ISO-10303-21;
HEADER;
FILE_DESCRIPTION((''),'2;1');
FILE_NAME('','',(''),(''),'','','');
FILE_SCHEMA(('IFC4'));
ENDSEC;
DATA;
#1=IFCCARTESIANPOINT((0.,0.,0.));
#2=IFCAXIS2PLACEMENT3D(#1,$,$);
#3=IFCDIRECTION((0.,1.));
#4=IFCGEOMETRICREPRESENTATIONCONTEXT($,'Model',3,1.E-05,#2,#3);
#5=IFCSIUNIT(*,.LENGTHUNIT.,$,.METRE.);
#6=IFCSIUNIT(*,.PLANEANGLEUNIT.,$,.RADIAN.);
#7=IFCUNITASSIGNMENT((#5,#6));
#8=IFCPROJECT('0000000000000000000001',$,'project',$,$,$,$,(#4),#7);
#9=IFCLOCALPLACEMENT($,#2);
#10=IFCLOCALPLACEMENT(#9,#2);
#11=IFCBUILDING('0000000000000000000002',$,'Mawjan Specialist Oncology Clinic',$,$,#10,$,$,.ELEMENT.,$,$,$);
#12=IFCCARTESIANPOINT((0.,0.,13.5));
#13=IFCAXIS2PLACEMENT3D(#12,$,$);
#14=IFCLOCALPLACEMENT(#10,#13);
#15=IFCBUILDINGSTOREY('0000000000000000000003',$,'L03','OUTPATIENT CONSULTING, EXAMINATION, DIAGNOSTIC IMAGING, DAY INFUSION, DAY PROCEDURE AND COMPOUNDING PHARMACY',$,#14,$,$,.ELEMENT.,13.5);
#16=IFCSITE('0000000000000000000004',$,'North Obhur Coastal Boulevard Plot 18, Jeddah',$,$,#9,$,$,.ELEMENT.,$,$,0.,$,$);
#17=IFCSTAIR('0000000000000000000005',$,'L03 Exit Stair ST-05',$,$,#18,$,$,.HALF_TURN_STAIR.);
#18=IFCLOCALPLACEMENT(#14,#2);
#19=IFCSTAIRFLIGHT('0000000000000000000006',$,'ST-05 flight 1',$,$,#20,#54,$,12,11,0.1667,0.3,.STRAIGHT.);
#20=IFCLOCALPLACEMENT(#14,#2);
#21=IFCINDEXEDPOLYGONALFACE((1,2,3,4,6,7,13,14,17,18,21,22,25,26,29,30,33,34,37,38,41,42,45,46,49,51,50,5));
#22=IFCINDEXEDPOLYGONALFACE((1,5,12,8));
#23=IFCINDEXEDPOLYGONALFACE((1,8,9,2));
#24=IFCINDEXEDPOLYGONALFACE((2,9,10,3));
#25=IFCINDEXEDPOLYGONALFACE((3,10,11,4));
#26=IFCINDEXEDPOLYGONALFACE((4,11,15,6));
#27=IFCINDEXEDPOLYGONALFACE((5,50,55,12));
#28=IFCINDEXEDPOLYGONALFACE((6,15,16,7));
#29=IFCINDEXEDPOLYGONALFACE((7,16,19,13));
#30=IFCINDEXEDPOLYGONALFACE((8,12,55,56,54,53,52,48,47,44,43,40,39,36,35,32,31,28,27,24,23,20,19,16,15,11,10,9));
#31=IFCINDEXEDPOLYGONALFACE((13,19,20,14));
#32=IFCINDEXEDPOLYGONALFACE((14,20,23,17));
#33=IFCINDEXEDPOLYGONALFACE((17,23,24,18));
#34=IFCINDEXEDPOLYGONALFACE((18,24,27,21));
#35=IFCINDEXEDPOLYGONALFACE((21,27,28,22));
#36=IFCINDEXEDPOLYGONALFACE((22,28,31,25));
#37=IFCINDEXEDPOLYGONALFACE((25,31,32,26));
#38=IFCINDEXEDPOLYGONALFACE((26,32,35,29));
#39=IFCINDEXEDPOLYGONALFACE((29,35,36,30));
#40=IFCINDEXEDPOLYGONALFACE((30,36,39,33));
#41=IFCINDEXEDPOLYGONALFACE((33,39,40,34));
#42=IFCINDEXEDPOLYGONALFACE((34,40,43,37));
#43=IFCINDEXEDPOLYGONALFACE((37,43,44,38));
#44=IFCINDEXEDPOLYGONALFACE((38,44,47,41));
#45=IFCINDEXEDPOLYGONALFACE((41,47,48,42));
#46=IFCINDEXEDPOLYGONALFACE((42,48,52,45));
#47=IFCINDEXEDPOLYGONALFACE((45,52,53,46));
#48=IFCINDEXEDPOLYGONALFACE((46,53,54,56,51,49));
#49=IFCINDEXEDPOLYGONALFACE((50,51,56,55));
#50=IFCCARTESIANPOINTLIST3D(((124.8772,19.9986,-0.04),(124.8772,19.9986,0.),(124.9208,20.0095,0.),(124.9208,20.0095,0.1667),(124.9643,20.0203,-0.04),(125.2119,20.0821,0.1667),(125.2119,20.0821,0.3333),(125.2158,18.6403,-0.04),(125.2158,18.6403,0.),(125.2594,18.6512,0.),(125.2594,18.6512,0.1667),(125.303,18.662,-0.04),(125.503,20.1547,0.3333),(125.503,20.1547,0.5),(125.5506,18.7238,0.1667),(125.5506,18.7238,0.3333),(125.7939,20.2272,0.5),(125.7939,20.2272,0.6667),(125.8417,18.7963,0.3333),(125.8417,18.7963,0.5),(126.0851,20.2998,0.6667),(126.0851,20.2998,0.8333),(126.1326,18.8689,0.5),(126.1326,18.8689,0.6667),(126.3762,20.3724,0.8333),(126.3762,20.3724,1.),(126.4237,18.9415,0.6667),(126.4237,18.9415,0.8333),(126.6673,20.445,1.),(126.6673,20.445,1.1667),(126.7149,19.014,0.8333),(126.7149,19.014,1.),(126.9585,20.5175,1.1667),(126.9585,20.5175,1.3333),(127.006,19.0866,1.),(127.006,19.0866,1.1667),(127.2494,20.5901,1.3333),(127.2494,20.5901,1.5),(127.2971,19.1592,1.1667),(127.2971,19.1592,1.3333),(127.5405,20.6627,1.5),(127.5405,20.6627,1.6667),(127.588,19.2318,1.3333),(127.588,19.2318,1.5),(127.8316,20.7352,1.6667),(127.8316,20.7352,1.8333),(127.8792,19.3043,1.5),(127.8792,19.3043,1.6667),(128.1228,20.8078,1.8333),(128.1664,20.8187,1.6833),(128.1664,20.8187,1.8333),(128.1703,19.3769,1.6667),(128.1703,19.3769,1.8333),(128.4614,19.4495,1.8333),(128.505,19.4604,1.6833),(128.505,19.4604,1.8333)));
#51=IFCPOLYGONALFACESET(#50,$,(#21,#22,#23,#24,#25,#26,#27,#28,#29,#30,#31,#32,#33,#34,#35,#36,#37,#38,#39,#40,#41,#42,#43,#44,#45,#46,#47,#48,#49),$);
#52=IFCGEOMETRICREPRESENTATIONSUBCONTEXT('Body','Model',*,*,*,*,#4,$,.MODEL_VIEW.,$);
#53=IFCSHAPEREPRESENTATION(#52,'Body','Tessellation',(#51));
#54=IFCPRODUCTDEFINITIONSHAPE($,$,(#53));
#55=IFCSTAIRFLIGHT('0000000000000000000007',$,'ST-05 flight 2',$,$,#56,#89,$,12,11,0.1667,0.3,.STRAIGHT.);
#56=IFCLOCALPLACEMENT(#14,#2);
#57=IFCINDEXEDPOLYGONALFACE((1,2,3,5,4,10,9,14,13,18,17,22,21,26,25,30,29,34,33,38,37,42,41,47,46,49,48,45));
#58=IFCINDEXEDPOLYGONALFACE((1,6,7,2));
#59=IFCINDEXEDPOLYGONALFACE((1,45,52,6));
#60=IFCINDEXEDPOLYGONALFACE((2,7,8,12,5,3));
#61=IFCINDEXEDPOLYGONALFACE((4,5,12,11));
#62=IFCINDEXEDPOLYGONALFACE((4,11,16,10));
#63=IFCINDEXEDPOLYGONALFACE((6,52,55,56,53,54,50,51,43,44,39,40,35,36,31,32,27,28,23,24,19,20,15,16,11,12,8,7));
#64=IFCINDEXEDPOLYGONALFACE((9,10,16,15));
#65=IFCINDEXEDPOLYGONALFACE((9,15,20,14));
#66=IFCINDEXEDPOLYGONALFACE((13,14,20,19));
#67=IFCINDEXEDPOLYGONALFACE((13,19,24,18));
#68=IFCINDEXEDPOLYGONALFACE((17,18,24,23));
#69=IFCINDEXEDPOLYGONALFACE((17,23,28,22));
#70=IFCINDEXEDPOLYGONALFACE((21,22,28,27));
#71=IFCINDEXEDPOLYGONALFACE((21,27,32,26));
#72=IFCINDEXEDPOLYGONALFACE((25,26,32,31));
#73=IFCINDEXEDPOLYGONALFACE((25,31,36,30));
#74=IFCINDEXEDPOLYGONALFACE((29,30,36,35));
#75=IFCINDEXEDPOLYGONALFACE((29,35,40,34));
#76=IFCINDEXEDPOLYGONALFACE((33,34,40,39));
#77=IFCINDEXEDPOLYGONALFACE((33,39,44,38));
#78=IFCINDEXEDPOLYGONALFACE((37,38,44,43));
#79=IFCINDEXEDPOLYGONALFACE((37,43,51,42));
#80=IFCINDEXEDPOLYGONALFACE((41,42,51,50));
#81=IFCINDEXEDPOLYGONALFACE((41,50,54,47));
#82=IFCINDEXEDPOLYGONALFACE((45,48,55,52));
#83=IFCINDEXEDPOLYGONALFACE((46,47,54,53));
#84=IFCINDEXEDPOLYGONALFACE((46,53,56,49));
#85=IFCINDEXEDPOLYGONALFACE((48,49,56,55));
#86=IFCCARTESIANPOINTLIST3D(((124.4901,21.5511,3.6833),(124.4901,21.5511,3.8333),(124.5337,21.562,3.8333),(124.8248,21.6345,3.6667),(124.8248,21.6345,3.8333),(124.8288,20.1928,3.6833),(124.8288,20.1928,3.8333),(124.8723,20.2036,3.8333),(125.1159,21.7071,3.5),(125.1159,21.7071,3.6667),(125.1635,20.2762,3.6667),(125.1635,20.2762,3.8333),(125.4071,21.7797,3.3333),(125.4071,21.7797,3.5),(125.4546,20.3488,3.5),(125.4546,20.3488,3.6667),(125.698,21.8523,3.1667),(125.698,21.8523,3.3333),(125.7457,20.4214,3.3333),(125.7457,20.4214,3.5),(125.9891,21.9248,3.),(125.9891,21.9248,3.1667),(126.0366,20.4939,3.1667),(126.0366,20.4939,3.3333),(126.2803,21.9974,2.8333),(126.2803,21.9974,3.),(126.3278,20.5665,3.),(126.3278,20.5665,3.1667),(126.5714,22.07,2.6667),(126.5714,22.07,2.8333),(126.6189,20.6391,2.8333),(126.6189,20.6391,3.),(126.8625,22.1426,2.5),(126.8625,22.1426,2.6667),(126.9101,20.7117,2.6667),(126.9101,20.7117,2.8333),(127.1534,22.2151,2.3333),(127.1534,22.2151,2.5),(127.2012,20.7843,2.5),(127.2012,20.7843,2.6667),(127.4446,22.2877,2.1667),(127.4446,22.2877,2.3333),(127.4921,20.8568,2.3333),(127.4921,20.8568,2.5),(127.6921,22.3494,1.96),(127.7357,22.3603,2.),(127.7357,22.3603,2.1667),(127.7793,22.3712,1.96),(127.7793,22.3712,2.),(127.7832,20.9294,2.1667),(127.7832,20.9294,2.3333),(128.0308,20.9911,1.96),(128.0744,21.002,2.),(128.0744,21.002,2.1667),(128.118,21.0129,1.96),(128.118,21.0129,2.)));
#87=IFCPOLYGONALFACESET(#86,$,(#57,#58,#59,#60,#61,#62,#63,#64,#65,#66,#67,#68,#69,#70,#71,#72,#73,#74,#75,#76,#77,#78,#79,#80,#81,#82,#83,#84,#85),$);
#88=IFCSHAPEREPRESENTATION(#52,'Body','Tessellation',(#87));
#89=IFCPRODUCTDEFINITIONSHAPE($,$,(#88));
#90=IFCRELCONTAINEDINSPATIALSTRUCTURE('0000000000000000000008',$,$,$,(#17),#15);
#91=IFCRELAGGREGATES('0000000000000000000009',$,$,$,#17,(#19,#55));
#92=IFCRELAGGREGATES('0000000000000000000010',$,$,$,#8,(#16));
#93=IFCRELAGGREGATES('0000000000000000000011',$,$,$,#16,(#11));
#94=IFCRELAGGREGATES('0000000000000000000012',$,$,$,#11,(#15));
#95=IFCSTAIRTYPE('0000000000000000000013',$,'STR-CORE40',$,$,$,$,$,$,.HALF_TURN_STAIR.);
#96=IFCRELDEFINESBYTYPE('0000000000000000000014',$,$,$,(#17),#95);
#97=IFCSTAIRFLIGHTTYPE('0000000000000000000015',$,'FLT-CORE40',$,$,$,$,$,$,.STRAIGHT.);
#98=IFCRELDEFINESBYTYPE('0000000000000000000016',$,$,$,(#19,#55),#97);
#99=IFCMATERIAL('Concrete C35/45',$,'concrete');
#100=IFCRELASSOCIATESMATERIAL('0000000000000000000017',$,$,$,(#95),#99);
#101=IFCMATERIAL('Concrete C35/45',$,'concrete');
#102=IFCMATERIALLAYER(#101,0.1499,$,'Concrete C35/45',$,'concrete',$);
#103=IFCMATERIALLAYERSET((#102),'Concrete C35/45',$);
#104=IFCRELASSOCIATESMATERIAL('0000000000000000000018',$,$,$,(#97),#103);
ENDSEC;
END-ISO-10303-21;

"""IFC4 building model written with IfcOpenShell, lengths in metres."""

from ifc_helpers import new_model, si_unit, direction, frame, origin, place, context, subcontext, project, spatial, polyline, outline, extrude, material, layer, layer_set, type_object, element, aggregate, save


model = new_model("IFC4")

# Units and contexts
model_context = context("Model", 3, precision=1e-05, world=origin(), true_north=direction((0.0, 1.0)))
body_context = subcontext(model_context, "Body", "Model", "MODEL_VIEW")
ifc_project = project(units=[si_unit("LENGTHUNIT", "METRE"), si_unit("PLANEANGLEUNIT", "RADIAN")], contexts=[model_context])

# Site, building, storey
site_placement = place(None, origin())
site = spatial("IfcSite", under=ifc_project, at=site_placement, Name="North Obhur Coastal Boulevard Plot 18, Jeddah", CompositionType="ELEMENT", RefElevation=0.0)
building_placement = place(site_placement, origin())
building = spatial("IfcBuilding", under=site, at=building_placement, Name="Mawjan Specialist Oncology Clinic", CompositionType="ELEMENT")
storey_placement = place(building_placement, frame((0.0, 0.0, 13.5)))
storey = spatial("IfcBuildingStorey", under=building, at=storey_placement, Name="L03", Description="OUTPATIENT CONSULTING, EXAMINATION, DIAGNOSTIC IMAGING, DAY INFUSION, DAY PROCEDURE AND COMPOUNDING PHARMACY", CompositionType="ELEMENT", Elevation=13.5)

# Stair, stair flights
ifc_material_1 = material(Name="Concrete C35/45", Category="concrete")
stair_type = type_object("IfcStairType", Name="STR-CORE40", PredefinedType="HALF_TURN_STAIR", material=ifc_material_1)
stair_placement = place(storey_placement, origin())
stair = element("IfcStair", 1, at=stair_placement, inside=storey, type_object=stair_type, Name="L03 Exit Stair ST-05", PredefinedType="HALF_TURN_STAIR")
ifc_material_2 = material(Name="Concrete C35/45", Category="concrete")
ifc_layer_1 = layer(ifc_material_2, 0.1499, Name="Concrete C35/45", Category="concrete")
ifc_layer_set_1 = layer_set([ifc_layer_1], Name="Concrete C35/45")
stair_flight_type = type_object("IfcStairFlightType", Name="FLT-CORE40", PredefinedType="STRAIGHT", material=ifc_layer_set_1)
stair_flight_1_placement = place(storey_placement, frame((125.0901, 19.3303, 0.0), z_axis=(0.0, 0.0, 1.0), x_axis=(0.970296, 0.241922, 0.0)))
stair_flight_1 = element("IfcStairFlight", 2, at=stair_flight_1_placement, type_object=stair_flight_type, Name="ST-05 flight 1", NumberOfRisers=12, NumberOfTreads=11, PredefinedType="STRAIGHT", RiserHeight=0.1667, TreadLength=0.3, context=body_context, shape_type="SweptSolid", body=[
    extrude(outline(polyline([(-0.0449, -0.04), (-0.0449, 0.0), (0.0, 0.0), (0.0, 0.1667), (0.3, 0.1667), (0.3, 0.3333), (0.6001, 0.3333), (0.6001, 0.5), (0.8999, 0.5), (0.8999, 0.6667), (1.2, 0.6667), (1.2, 0.8333), (1.5, 0.8333), (1.5, 1.0), (1.8, 1.0), (1.8, 1.1667), (2.1001, 1.1667), (2.1001, 1.3333), (2.3999, 1.3333), (2.3999, 1.5), (2.7, 1.5), (2.7, 1.6667), (3.0, 1.6667), (3.0, 1.8333), (3.3, 1.8333), (3.345, 1.8333), (3.345, 1.6833), (0.0449, -0.04), (-0.0449, -0.04)])), frame((0.0, 0.7, 0.0), z_axis=(0.0, -1.0, 0.0), x_axis=(1.0, 0.0, 0.0)), (0.0, 0.0, 1.0), 1.3999),
])
stair_flight_2_placement = place(storey_placement, frame((127.905, 21.6812, 2.0), z_axis=(0.0, 0.0, 1.0), x_axis=(-0.970296, -0.241922, 0.0)))
stair_flight_2 = element("IfcStairFlight", 3, at=stair_flight_2_placement, type_object=stair_flight_type, Name="ST-05 flight 2", NumberOfRisers=12, NumberOfTreads=11, PredefinedType="STRAIGHT", RiserHeight=0.1667, TreadLength=0.3, context=body_context, shape_type="SweptSolid", body=[
    extrude(outline(polyline([(-0.0449, -0.04), (-0.0449, 0.0), (0.0, 0.0), (0.0, 0.1667), (0.3, 0.1667), (0.3, 0.3333), (0.6001, 0.3333), (0.6001, 0.5), (0.8999, 0.5), (0.8999, 0.6667), (1.2, 0.6667), (1.2, 0.8333), (1.5, 0.8333), (1.5, 1.0), (1.8, 1.0), (1.8, 1.1667), (2.1001, 1.1667), (2.1001, 1.3333), (2.3999, 1.3333), (2.3999, 1.5), (2.7, 1.5), (2.7, 1.6667), (3.0, 1.6667), (3.0, 1.8333), (3.3, 1.8333), (3.345, 1.8333), (3.345, 1.6833), (0.0449, -0.04), (-0.0449, -0.04)])), frame((0.0, 0.7, 0.0), z_axis=(0.0, -1.0, 0.0), x_axis=(1.0, 0.0, 0.0)), (0.0, 0.0, 1.0), 1.3999),
])
aggregate(stair, [stair_flight_1, stair_flight_2])

save(model, "model.ifc")
